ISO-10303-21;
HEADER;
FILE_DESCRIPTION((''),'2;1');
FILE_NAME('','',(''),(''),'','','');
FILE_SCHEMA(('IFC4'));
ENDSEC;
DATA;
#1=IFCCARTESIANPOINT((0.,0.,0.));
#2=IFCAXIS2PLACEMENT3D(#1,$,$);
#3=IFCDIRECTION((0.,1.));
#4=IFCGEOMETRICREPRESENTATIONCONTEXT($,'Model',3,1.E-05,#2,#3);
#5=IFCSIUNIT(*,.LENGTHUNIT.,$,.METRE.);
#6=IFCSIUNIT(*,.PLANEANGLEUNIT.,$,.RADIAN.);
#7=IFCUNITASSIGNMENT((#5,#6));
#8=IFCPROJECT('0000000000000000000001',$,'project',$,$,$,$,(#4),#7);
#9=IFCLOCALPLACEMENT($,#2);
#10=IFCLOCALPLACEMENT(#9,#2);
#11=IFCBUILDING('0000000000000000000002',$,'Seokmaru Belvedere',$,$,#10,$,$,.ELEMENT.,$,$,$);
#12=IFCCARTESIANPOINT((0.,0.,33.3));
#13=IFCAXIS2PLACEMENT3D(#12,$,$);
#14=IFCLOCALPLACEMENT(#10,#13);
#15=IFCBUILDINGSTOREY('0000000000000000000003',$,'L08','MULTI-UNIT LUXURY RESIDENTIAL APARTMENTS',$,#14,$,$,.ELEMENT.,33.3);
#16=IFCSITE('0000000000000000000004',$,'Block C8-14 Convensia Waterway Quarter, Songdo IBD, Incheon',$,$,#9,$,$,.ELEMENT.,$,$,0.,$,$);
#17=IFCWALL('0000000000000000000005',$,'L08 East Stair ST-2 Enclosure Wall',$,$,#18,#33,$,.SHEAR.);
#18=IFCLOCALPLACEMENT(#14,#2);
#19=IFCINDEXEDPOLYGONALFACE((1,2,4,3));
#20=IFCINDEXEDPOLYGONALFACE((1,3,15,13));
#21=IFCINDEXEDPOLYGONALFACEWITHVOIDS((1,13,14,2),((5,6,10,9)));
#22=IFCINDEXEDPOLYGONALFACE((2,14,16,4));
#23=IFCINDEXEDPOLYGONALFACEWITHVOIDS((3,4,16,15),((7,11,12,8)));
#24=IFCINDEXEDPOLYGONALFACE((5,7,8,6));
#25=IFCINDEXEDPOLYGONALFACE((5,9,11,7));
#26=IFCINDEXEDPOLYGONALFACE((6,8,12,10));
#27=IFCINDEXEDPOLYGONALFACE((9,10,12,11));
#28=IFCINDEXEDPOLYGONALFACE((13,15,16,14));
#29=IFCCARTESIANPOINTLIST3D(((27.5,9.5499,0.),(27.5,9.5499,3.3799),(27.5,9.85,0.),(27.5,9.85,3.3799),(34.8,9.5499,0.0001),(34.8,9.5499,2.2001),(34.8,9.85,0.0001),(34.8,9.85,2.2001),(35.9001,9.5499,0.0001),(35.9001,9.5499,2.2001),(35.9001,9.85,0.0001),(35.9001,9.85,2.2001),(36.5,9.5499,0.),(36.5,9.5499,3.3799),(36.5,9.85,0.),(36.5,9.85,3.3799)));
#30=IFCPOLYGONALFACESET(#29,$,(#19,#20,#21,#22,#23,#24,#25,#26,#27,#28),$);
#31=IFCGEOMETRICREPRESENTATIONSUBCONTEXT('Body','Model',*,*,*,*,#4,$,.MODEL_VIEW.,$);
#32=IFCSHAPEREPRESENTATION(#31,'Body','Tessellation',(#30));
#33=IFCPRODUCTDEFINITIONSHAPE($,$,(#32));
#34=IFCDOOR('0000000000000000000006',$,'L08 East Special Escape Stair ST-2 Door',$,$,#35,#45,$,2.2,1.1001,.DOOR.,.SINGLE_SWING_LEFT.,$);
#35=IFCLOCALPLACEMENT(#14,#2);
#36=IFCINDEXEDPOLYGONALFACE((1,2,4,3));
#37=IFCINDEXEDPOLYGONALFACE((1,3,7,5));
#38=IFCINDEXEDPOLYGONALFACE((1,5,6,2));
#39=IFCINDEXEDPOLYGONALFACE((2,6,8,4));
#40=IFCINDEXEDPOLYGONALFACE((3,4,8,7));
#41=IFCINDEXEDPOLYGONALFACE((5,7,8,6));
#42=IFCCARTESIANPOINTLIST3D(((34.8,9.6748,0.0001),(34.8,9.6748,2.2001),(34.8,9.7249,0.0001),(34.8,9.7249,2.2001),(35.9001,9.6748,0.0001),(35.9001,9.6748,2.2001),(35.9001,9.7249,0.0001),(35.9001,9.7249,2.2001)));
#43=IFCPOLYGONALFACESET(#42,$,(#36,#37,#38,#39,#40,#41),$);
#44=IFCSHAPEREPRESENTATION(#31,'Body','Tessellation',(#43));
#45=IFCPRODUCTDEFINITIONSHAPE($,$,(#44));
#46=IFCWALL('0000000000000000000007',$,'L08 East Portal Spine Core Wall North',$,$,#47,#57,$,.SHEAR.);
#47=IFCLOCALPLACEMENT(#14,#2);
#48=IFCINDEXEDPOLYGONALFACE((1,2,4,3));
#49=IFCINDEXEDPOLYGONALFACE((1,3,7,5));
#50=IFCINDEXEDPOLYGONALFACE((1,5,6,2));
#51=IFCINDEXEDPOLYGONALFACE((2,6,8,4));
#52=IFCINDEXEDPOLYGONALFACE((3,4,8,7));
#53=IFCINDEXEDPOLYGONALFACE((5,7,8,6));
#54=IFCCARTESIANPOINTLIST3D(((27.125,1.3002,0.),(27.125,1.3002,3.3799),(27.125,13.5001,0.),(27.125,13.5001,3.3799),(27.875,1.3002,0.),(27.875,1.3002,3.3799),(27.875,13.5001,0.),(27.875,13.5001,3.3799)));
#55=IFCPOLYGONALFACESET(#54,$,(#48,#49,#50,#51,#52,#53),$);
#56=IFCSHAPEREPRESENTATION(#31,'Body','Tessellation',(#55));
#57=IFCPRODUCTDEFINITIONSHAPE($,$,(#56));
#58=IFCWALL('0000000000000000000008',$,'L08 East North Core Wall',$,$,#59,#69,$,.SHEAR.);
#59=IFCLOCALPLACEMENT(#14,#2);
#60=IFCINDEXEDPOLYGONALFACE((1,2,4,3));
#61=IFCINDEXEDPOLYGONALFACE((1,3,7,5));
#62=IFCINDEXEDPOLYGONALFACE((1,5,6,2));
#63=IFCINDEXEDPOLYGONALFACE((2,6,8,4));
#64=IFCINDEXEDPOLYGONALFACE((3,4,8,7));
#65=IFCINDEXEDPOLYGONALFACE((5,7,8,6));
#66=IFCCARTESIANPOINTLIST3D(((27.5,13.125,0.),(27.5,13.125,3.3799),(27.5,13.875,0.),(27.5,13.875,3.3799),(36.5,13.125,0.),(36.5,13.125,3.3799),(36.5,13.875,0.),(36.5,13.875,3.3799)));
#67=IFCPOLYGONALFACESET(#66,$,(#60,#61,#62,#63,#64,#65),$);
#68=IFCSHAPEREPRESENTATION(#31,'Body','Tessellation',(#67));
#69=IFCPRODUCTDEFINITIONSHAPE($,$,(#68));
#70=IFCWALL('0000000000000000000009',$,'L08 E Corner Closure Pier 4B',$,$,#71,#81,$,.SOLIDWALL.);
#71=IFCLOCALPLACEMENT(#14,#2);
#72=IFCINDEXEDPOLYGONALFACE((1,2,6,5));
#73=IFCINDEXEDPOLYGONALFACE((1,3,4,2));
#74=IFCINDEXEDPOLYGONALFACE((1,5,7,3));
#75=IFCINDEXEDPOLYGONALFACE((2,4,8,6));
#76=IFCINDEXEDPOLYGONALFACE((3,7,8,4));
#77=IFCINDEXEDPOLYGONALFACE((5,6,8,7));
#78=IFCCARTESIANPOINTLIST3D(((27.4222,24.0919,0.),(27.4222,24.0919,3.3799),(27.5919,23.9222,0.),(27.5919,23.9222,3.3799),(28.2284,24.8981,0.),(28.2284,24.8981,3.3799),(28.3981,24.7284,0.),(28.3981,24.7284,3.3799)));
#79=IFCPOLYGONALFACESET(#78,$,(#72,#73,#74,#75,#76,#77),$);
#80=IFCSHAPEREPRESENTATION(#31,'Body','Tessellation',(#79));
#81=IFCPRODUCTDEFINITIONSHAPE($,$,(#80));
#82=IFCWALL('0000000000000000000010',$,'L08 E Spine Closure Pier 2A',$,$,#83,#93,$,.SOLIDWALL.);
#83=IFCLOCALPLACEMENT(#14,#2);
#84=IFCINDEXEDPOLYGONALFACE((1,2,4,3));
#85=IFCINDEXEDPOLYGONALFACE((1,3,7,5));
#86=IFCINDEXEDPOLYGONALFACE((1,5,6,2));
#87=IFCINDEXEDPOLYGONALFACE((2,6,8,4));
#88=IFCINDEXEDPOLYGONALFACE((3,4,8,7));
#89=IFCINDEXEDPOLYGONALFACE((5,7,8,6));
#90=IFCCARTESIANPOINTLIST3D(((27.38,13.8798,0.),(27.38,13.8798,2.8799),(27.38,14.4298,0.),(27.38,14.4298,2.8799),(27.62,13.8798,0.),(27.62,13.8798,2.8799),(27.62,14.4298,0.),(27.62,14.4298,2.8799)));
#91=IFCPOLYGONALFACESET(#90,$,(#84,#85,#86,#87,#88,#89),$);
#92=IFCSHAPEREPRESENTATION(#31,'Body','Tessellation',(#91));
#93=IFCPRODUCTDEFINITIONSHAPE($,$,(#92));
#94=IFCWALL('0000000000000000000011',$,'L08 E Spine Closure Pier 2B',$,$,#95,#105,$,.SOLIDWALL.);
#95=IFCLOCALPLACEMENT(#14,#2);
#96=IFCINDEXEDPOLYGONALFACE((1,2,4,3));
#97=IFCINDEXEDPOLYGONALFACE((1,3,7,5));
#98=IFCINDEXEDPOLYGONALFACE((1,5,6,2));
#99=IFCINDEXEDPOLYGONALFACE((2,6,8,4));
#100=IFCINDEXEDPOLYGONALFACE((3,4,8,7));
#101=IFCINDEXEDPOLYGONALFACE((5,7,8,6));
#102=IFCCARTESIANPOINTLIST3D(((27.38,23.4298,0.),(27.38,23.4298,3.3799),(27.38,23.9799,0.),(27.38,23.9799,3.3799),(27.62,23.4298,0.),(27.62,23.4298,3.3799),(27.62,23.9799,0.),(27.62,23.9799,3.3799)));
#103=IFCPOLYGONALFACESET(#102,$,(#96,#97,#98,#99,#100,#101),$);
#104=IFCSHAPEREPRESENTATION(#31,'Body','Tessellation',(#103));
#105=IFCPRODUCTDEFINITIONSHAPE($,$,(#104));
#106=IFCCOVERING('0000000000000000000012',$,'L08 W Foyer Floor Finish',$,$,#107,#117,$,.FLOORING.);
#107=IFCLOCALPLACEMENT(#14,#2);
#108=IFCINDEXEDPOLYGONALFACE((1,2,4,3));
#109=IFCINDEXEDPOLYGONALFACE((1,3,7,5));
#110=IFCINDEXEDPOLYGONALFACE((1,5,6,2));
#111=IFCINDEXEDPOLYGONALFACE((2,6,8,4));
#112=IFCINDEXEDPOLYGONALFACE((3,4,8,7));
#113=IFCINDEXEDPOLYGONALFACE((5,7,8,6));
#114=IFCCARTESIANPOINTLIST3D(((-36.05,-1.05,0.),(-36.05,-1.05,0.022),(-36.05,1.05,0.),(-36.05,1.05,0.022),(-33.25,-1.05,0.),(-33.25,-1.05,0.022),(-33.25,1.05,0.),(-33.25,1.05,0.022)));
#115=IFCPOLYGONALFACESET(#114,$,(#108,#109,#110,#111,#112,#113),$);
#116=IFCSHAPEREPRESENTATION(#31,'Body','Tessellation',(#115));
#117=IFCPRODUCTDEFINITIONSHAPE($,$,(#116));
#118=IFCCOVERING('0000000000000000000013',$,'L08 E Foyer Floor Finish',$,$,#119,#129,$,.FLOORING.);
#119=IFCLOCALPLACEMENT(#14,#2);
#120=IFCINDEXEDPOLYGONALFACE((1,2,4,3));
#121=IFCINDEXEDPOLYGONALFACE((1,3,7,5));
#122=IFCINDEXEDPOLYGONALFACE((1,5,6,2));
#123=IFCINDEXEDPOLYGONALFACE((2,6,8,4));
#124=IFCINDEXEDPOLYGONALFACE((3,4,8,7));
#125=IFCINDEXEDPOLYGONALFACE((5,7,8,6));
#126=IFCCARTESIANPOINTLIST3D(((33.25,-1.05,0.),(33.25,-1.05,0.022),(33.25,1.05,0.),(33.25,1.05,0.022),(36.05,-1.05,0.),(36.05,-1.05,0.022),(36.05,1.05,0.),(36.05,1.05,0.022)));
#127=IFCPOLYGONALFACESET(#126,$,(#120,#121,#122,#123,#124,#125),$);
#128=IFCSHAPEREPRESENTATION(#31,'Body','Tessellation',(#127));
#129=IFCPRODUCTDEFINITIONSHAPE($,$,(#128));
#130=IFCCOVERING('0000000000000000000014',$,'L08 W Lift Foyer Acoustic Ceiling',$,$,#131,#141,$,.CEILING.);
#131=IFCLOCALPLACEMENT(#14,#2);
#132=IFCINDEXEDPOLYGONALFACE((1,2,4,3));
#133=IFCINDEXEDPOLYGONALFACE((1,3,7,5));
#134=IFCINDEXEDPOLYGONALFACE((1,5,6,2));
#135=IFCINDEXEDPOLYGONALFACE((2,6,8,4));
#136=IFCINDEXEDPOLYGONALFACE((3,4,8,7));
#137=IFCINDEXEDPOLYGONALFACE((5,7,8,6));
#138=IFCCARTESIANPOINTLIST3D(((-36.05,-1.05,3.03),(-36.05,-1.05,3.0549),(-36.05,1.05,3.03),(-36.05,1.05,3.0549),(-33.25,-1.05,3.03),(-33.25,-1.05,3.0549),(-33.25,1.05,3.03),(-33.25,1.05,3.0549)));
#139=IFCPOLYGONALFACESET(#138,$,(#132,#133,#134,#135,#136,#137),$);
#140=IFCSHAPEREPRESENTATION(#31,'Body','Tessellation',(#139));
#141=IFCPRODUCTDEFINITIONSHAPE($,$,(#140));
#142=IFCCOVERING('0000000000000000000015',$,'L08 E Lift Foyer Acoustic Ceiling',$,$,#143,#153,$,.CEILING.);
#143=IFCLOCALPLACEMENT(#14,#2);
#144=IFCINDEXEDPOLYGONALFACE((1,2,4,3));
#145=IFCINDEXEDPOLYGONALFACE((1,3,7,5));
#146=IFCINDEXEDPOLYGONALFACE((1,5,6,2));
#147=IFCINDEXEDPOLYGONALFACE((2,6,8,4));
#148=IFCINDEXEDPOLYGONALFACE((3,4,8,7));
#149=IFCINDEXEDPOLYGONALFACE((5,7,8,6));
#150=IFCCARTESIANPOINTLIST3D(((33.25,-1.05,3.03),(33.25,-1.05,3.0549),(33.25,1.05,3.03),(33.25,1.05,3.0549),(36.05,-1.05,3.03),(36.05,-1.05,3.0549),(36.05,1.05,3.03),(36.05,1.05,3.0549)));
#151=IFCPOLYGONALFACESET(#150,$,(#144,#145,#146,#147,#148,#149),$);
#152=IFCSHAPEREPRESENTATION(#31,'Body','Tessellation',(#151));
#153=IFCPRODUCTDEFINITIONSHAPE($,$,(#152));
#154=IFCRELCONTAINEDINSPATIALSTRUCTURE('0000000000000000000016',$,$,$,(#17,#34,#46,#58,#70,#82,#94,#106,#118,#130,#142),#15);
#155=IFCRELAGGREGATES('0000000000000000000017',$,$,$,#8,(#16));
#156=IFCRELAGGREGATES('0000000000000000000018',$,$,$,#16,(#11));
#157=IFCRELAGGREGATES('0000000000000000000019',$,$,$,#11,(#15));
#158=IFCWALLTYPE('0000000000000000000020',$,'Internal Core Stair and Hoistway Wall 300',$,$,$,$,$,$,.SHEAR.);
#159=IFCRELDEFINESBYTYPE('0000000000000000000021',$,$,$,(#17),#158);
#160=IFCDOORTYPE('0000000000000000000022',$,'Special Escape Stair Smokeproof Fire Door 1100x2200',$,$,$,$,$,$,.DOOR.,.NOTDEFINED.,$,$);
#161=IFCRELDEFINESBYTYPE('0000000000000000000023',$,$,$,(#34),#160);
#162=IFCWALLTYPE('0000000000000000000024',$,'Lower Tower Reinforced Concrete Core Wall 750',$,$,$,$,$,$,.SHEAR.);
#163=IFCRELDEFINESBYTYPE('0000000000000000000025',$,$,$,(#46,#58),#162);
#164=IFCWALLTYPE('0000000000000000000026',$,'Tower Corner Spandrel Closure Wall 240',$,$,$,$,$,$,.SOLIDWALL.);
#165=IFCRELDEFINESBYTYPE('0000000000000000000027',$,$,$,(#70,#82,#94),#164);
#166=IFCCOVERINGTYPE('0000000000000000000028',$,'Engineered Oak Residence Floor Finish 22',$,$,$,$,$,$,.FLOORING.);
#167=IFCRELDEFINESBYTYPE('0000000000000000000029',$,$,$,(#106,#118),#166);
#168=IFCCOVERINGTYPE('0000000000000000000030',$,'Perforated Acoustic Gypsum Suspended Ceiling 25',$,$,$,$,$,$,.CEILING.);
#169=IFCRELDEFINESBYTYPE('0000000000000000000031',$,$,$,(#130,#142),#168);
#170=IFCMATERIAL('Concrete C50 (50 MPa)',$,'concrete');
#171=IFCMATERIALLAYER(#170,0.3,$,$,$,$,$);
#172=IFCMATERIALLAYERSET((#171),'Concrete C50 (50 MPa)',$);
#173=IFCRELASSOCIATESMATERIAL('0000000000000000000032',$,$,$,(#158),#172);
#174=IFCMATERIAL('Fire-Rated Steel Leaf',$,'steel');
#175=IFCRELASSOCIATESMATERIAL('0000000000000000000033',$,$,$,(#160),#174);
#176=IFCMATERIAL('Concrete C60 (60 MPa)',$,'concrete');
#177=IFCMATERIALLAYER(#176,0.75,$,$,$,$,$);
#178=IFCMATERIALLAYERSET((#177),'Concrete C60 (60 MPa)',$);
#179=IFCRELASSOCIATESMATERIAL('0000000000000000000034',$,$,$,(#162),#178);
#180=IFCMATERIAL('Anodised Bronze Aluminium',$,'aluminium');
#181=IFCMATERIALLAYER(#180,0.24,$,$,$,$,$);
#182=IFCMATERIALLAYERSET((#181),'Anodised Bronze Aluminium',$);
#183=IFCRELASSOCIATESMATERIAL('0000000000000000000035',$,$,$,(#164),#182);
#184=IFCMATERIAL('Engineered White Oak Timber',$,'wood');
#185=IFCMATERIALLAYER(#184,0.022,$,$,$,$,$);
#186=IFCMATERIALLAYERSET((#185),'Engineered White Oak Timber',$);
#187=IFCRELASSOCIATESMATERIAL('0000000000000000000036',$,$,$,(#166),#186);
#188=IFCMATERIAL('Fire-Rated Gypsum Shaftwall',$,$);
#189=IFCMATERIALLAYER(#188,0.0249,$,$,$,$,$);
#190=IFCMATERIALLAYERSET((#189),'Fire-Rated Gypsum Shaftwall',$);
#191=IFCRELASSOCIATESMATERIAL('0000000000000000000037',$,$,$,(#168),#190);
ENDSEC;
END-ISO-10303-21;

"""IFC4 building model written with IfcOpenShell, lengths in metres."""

from ifc_helpers import new_model, si_unit, direction, frame, frame_2d, origin, place, context, subcontext, project, spatial, polyline, rectangle, outline, extrude, source, transform, mapped, material, layer, layer_set, type_object, type_shapes, element, fill, save


model = new_model("IFC4")

# Units and contexts
model_context = context("Model", 3, precision=1e-05, world=origin(), true_north=direction((0.0, 1.0)))
body_context = subcontext(model_context, "Body", "Model", "MODEL_VIEW")
ifc_project = project(units=[si_unit("LENGTHUNIT", "METRE"), si_unit("PLANEANGLEUNIT", "RADIAN")], contexts=[model_context])

# Site, building, storey
site_placement = place(None, origin())
site = spatial("IfcSite", under=ifc_project, at=site_placement, Name="Block C8-14 Convensia Waterway Quarter, Songdo IBD, Incheon", CompositionType="ELEMENT", RefElevation=0.0)
building_placement = place(site_placement, origin())
building = spatial("IfcBuilding", under=site, at=building_placement, Name="Seokmaru Belvedere", CompositionType="ELEMENT")
storey_placement = place(building_placement, frame((0.0, 0.0, 33.3)))
storey = spatial("IfcBuildingStorey", under=building, at=storey_placement, Name="L08", Description="MULTI-UNIT LUXURY RESIDENTIAL APARTMENTS", CompositionType="ELEMENT", Elevation=33.3)

# Shared definitions
ifc_material_1 = material(Name="Anodised Bronze Aluminium", Category="aluminium")

# Shared definitions
ifc_material_2 = material(Name="Fire-Rated Gypsum Shaftwall")

# Shared definitions
ifc_material_3 = material(Name="Concrete C50 (50 MPa)", Category="concrete")

# Wall, opening, door
ifc_layer_1 = layer(ifc_material_3, 0.3)
ifc_layer_set_1 = layer_set([ifc_layer_1], Name="Concrete C50 (50 MPa)")
wall_type_1 = type_object("IfcWallType", Name="Internal Core Stair and Hoistway Wall 300", PredefinedType="SHEAR", material=ifc_layer_set_1)
wall_1_placement = place(storey_placement, frame((27.5, 9.7, 0.0), z_axis=(0.0, 0.0, 1.0), x_axis=(1.0, 0.0, 0.0)))
wall_1 = element("IfcWall", 1, at=wall_1_placement, inside=storey, type_object=wall_type_1, Name="L08 East Stair ST-2 Enclosure Wall", PredefinedType="SHEAR", context=body_context, shape_type="SweptSolid", body=[
    extrude(rectangle(XDim=9.0, YDim=0.3, at=frame_2d((4.5, 0.0))), origin(), (0.0, 0.0, 1.0), 3.3799),
])
opening_1_placement = place(wall_1_placement, frame((7.3, 0.0, 0.0)))
opening_1 = element("IfcOpeningElement", 2, at=opening_1_placement, cuts=wall_1, PredefinedType="OPENING", context=body_context, shape_type="SweptSolid", body=[
    extrude(rectangle(XDim=1.1001, YDim=2.2, at=frame_2d((0.55, 1.1001))), frame((0.0, 0.1602, 0.0), z_axis=(0.0, -1.0, 0.0), x_axis=(1.0, 0.0, 0.0)), (0.0, 0.0, 1.0), 0.3201),
])
ifc_material_4 = material(Name="Fire-Rated Steel Leaf", Category="steel")
door_type = type_object("IfcDoorType", Name="Special Escape Stair Smokeproof Fire Door 1100x2200", OperationType="NOTDEFINED", PredefinedType="DOOR", material=ifc_material_4)
shared_shape_1 = source(origin(), body_context, "Body", "SweptSolid", [
    extrude(rectangle(XDim=1.1001, YDim=2.2, at=frame_2d((0.55, 1.1001))), frame((0.0, 0.0249, 0.0), z_axis=(0.0, -1.0, 0.0), x_axis=(1.0, 0.0, 0.0)), (0.0, 0.0, 1.0), 0.05),
])
type_shapes(door_type, [shared_shape_1])
door_placement = place(opening_1_placement, origin())
door = element("IfcDoor", 3, at=door_placement, inside=storey, type_object=door_type, Name="L08 East Special Escape Stair ST-2 Door", OperationType="SINGLE_SWING_LEFT", OverallHeight=2.2, OverallWidth=1.1001, PredefinedType="DOOR", context=body_context, shape_type="MappedRepresentation", body=[
    mapped(shared_shape_1, transform((0.0, 0.0, 0.0), scale=1.0)),
])
fill(opening_1, door)

# Walls
ifc_material_5 = material(Name="Concrete C60 (60 MPa)", Category="concrete")
ifc_layer_2 = layer(ifc_material_5, 0.75)
ifc_layer_set_2 = layer_set([ifc_layer_2], Name="Concrete C60 (60 MPa)")
wall_type_2 = type_object("IfcWallType", Name="Lower Tower Reinforced Concrete Core Wall 750", PredefinedType="SHEAR", material=ifc_layer_set_2)
wall_2_placement = place(storey_placement, frame((27.5, 1.3, 0.0), z_axis=(0.0, 0.0, 1.0), x_axis=(0.0, 1.0, 0.0)))
element("IfcWall", 4, at=wall_2_placement, inside=storey, type_object=wall_type_2, Name="L08 East Portal Spine Core Wall North", PredefinedType="SHEAR", context=body_context, shape_type="SweptSolid", body=[
    extrude(rectangle(XDim=12.2, YDim=0.75, at=frame_2d((6.1001, 0.0))), origin(), (0.0, 0.0, 1.0), 3.3799),
])
wall_3_placement = place(storey_placement, frame((27.5, 13.5, 0.0), z_axis=(0.0, 0.0, 1.0), x_axis=(1.0, 0.0, 0.0)))
element("IfcWall", 5, at=wall_3_placement, inside=storey, type_object=wall_type_2, Name="L08 East North Core Wall", PredefinedType="SHEAR", context=body_context, shape_type="SweptSolid", body=[
    extrude(rectangle(XDim=9.0, YDim=0.75, at=frame_2d((4.5, 0.0))), origin(), (0.0, 0.0, 1.0), 3.3799),
])
ifc_layer_3 = layer(ifc_material_1, 0.24)
ifc_layer_set_3 = layer_set([ifc_layer_3], Name="Anodised Bronze Aluminium")
wall_type_3 = type_object("IfcWallType", Name="Tower Corner Spandrel Closure Wall 240", PredefinedType="SOLIDWALL", material=ifc_layer_set_3)
wall_4_placement = place(storey_placement, frame((28.3132, 24.8132, 0.0), z_axis=(0.0, 0.0, 1.0), x_axis=(-0.707107, -0.707107, 0.0)))
element("IfcWall", 6, at=wall_4_placement, inside=storey, type_object=wall_type_3, Name="L08 E Corner Closure Pier 4B", PredefinedType="SOLIDWALL", context=body_context, shape_type="SweptSolid", body=[
    extrude(rectangle(XDim=1.1401, YDim=0.24, at=frame_2d((0.5701, 0.0))), origin(), (0.0, 0.0, 1.0), 3.3799),
])
wall_5_placement = place(storey_placement, frame((27.5, 13.8799, 0.0), z_axis=(0.0, 0.0, 1.0), x_axis=(0.0, 1.0, 0.0)))
element("IfcWall", 7, at=wall_5_placement, inside=storey, type_object=wall_type_3, Name="L08 E Spine Closure Pier 2A", PredefinedType="SOLIDWALL", context=body_context, shape_type="SweptSolid", body=[
    extrude(rectangle(XDim=0.55, YDim=0.24, at=frame_2d((0.2749, 0.0))), origin(), (0.0, 0.0, 1.0), 2.8799),
])
wall_6_placement = place(storey_placement, frame((27.5, 23.4299, 0.0), z_axis=(0.0, 0.0, 1.0), x_axis=(0.0, 1.0, 0.0)))
element("IfcWall", 8, at=wall_6_placement, inside=storey, type_object=wall_type_3, Name="L08 E Spine Closure Pier 2B", PredefinedType="SOLIDWALL", context=body_context, shape_type="SweptSolid", body=[
    extrude(rectangle(XDim=0.55, YDim=0.24, at=frame_2d((0.2749, 0.0))), origin(), (0.0, 0.0, 1.0), 3.3799),
])

# Coverings
ifc_material_6 = material(Name="Engineered White Oak Timber", Category="wood")
ifc_layer_4 = layer(ifc_material_6, 0.022)
ifc_layer_set_4 = layer_set([ifc_layer_4], Name="Engineered White Oak Timber")
covering_type_1 = type_object("IfcCoveringType", Name="Engineered Oak Residence Floor Finish 22", PredefinedType="FLOORING", material=ifc_layer_set_4)
covering_1_placement = place(storey_placement, origin())
element("IfcCovering", 9, at=covering_1_placement, inside=storey, type_object=covering_type_1, Name="L08 W Foyer Floor Finish", PredefinedType="FLOORING", context=body_context, shape_type="SweptSolid", body=[
    extrude(outline(polyline([(-36.05, -1.05), (-33.25, -1.05), (-33.25, 1.05), (-36.05, 1.05), (-36.05, -1.05)])), origin(), (0.0, 0.0, 1.0), 0.022),
])
covering_2_placement = place(storey_placement, origin())
element("IfcCovering", 10, at=covering_2_placement, inside=storey, type_object=covering_type_1, Name="L08 E Foyer Floor Finish", PredefinedType="FLOORING", context=body_context, shape_type="SweptSolid", body=[
    extrude(outline(polyline([(33.25, -1.05), (36.05, -1.05), (36.05, 1.05), (33.25, 1.05), (33.25, -1.05)])), origin(), (0.0, 0.0, 1.0), 0.022),
])
ifc_layer_5 = layer(ifc_material_2, 0.0249)
ifc_layer_set_5 = layer_set([ifc_layer_5], Name="Fire-Rated Gypsum Shaftwall")
covering_type_2 = type_object("IfcCoveringType", Name="Perforated Acoustic Gypsum Suspended Ceiling 25", PredefinedType="CEILING", material=ifc_layer_set_5)
covering_3_placement = place(storey_placement, frame((0.0, 0.0, 3.03)))
element("IfcCovering", 11, at=covering_3_placement, inside=storey, type_object=covering_type_2, Name="L08 W Lift Foyer Acoustic Ceiling", PredefinedType="CEILING", context=body_context, shape_type="SweptSolid", body=[
    extrude(outline(polyline([(-36.05, -1.05), (-33.25, -1.05), (-33.25, 1.05), (-36.05, 1.05), (-36.05, -1.05)])), origin(), (0.0, 0.0, 1.0), 0.0249),
])
covering_4_placement = place(storey_placement, frame((0.0, 0.0, 3.03)))
element("IfcCovering", 12, at=covering_4_placement, inside=storey, type_object=covering_type_2, Name="L08 E Lift Foyer Acoustic Ceiling", PredefinedType="CEILING", context=body_context, shape_type="SweptSolid", body=[
    extrude(outline(polyline([(33.25, -1.05), (36.05, -1.05), (36.05, 1.05), (33.25, 1.05), (33.25, -1.05)])), origin(), (0.0, 0.0, 1.0), 0.0249),
])

save(model, "model.ifc")
